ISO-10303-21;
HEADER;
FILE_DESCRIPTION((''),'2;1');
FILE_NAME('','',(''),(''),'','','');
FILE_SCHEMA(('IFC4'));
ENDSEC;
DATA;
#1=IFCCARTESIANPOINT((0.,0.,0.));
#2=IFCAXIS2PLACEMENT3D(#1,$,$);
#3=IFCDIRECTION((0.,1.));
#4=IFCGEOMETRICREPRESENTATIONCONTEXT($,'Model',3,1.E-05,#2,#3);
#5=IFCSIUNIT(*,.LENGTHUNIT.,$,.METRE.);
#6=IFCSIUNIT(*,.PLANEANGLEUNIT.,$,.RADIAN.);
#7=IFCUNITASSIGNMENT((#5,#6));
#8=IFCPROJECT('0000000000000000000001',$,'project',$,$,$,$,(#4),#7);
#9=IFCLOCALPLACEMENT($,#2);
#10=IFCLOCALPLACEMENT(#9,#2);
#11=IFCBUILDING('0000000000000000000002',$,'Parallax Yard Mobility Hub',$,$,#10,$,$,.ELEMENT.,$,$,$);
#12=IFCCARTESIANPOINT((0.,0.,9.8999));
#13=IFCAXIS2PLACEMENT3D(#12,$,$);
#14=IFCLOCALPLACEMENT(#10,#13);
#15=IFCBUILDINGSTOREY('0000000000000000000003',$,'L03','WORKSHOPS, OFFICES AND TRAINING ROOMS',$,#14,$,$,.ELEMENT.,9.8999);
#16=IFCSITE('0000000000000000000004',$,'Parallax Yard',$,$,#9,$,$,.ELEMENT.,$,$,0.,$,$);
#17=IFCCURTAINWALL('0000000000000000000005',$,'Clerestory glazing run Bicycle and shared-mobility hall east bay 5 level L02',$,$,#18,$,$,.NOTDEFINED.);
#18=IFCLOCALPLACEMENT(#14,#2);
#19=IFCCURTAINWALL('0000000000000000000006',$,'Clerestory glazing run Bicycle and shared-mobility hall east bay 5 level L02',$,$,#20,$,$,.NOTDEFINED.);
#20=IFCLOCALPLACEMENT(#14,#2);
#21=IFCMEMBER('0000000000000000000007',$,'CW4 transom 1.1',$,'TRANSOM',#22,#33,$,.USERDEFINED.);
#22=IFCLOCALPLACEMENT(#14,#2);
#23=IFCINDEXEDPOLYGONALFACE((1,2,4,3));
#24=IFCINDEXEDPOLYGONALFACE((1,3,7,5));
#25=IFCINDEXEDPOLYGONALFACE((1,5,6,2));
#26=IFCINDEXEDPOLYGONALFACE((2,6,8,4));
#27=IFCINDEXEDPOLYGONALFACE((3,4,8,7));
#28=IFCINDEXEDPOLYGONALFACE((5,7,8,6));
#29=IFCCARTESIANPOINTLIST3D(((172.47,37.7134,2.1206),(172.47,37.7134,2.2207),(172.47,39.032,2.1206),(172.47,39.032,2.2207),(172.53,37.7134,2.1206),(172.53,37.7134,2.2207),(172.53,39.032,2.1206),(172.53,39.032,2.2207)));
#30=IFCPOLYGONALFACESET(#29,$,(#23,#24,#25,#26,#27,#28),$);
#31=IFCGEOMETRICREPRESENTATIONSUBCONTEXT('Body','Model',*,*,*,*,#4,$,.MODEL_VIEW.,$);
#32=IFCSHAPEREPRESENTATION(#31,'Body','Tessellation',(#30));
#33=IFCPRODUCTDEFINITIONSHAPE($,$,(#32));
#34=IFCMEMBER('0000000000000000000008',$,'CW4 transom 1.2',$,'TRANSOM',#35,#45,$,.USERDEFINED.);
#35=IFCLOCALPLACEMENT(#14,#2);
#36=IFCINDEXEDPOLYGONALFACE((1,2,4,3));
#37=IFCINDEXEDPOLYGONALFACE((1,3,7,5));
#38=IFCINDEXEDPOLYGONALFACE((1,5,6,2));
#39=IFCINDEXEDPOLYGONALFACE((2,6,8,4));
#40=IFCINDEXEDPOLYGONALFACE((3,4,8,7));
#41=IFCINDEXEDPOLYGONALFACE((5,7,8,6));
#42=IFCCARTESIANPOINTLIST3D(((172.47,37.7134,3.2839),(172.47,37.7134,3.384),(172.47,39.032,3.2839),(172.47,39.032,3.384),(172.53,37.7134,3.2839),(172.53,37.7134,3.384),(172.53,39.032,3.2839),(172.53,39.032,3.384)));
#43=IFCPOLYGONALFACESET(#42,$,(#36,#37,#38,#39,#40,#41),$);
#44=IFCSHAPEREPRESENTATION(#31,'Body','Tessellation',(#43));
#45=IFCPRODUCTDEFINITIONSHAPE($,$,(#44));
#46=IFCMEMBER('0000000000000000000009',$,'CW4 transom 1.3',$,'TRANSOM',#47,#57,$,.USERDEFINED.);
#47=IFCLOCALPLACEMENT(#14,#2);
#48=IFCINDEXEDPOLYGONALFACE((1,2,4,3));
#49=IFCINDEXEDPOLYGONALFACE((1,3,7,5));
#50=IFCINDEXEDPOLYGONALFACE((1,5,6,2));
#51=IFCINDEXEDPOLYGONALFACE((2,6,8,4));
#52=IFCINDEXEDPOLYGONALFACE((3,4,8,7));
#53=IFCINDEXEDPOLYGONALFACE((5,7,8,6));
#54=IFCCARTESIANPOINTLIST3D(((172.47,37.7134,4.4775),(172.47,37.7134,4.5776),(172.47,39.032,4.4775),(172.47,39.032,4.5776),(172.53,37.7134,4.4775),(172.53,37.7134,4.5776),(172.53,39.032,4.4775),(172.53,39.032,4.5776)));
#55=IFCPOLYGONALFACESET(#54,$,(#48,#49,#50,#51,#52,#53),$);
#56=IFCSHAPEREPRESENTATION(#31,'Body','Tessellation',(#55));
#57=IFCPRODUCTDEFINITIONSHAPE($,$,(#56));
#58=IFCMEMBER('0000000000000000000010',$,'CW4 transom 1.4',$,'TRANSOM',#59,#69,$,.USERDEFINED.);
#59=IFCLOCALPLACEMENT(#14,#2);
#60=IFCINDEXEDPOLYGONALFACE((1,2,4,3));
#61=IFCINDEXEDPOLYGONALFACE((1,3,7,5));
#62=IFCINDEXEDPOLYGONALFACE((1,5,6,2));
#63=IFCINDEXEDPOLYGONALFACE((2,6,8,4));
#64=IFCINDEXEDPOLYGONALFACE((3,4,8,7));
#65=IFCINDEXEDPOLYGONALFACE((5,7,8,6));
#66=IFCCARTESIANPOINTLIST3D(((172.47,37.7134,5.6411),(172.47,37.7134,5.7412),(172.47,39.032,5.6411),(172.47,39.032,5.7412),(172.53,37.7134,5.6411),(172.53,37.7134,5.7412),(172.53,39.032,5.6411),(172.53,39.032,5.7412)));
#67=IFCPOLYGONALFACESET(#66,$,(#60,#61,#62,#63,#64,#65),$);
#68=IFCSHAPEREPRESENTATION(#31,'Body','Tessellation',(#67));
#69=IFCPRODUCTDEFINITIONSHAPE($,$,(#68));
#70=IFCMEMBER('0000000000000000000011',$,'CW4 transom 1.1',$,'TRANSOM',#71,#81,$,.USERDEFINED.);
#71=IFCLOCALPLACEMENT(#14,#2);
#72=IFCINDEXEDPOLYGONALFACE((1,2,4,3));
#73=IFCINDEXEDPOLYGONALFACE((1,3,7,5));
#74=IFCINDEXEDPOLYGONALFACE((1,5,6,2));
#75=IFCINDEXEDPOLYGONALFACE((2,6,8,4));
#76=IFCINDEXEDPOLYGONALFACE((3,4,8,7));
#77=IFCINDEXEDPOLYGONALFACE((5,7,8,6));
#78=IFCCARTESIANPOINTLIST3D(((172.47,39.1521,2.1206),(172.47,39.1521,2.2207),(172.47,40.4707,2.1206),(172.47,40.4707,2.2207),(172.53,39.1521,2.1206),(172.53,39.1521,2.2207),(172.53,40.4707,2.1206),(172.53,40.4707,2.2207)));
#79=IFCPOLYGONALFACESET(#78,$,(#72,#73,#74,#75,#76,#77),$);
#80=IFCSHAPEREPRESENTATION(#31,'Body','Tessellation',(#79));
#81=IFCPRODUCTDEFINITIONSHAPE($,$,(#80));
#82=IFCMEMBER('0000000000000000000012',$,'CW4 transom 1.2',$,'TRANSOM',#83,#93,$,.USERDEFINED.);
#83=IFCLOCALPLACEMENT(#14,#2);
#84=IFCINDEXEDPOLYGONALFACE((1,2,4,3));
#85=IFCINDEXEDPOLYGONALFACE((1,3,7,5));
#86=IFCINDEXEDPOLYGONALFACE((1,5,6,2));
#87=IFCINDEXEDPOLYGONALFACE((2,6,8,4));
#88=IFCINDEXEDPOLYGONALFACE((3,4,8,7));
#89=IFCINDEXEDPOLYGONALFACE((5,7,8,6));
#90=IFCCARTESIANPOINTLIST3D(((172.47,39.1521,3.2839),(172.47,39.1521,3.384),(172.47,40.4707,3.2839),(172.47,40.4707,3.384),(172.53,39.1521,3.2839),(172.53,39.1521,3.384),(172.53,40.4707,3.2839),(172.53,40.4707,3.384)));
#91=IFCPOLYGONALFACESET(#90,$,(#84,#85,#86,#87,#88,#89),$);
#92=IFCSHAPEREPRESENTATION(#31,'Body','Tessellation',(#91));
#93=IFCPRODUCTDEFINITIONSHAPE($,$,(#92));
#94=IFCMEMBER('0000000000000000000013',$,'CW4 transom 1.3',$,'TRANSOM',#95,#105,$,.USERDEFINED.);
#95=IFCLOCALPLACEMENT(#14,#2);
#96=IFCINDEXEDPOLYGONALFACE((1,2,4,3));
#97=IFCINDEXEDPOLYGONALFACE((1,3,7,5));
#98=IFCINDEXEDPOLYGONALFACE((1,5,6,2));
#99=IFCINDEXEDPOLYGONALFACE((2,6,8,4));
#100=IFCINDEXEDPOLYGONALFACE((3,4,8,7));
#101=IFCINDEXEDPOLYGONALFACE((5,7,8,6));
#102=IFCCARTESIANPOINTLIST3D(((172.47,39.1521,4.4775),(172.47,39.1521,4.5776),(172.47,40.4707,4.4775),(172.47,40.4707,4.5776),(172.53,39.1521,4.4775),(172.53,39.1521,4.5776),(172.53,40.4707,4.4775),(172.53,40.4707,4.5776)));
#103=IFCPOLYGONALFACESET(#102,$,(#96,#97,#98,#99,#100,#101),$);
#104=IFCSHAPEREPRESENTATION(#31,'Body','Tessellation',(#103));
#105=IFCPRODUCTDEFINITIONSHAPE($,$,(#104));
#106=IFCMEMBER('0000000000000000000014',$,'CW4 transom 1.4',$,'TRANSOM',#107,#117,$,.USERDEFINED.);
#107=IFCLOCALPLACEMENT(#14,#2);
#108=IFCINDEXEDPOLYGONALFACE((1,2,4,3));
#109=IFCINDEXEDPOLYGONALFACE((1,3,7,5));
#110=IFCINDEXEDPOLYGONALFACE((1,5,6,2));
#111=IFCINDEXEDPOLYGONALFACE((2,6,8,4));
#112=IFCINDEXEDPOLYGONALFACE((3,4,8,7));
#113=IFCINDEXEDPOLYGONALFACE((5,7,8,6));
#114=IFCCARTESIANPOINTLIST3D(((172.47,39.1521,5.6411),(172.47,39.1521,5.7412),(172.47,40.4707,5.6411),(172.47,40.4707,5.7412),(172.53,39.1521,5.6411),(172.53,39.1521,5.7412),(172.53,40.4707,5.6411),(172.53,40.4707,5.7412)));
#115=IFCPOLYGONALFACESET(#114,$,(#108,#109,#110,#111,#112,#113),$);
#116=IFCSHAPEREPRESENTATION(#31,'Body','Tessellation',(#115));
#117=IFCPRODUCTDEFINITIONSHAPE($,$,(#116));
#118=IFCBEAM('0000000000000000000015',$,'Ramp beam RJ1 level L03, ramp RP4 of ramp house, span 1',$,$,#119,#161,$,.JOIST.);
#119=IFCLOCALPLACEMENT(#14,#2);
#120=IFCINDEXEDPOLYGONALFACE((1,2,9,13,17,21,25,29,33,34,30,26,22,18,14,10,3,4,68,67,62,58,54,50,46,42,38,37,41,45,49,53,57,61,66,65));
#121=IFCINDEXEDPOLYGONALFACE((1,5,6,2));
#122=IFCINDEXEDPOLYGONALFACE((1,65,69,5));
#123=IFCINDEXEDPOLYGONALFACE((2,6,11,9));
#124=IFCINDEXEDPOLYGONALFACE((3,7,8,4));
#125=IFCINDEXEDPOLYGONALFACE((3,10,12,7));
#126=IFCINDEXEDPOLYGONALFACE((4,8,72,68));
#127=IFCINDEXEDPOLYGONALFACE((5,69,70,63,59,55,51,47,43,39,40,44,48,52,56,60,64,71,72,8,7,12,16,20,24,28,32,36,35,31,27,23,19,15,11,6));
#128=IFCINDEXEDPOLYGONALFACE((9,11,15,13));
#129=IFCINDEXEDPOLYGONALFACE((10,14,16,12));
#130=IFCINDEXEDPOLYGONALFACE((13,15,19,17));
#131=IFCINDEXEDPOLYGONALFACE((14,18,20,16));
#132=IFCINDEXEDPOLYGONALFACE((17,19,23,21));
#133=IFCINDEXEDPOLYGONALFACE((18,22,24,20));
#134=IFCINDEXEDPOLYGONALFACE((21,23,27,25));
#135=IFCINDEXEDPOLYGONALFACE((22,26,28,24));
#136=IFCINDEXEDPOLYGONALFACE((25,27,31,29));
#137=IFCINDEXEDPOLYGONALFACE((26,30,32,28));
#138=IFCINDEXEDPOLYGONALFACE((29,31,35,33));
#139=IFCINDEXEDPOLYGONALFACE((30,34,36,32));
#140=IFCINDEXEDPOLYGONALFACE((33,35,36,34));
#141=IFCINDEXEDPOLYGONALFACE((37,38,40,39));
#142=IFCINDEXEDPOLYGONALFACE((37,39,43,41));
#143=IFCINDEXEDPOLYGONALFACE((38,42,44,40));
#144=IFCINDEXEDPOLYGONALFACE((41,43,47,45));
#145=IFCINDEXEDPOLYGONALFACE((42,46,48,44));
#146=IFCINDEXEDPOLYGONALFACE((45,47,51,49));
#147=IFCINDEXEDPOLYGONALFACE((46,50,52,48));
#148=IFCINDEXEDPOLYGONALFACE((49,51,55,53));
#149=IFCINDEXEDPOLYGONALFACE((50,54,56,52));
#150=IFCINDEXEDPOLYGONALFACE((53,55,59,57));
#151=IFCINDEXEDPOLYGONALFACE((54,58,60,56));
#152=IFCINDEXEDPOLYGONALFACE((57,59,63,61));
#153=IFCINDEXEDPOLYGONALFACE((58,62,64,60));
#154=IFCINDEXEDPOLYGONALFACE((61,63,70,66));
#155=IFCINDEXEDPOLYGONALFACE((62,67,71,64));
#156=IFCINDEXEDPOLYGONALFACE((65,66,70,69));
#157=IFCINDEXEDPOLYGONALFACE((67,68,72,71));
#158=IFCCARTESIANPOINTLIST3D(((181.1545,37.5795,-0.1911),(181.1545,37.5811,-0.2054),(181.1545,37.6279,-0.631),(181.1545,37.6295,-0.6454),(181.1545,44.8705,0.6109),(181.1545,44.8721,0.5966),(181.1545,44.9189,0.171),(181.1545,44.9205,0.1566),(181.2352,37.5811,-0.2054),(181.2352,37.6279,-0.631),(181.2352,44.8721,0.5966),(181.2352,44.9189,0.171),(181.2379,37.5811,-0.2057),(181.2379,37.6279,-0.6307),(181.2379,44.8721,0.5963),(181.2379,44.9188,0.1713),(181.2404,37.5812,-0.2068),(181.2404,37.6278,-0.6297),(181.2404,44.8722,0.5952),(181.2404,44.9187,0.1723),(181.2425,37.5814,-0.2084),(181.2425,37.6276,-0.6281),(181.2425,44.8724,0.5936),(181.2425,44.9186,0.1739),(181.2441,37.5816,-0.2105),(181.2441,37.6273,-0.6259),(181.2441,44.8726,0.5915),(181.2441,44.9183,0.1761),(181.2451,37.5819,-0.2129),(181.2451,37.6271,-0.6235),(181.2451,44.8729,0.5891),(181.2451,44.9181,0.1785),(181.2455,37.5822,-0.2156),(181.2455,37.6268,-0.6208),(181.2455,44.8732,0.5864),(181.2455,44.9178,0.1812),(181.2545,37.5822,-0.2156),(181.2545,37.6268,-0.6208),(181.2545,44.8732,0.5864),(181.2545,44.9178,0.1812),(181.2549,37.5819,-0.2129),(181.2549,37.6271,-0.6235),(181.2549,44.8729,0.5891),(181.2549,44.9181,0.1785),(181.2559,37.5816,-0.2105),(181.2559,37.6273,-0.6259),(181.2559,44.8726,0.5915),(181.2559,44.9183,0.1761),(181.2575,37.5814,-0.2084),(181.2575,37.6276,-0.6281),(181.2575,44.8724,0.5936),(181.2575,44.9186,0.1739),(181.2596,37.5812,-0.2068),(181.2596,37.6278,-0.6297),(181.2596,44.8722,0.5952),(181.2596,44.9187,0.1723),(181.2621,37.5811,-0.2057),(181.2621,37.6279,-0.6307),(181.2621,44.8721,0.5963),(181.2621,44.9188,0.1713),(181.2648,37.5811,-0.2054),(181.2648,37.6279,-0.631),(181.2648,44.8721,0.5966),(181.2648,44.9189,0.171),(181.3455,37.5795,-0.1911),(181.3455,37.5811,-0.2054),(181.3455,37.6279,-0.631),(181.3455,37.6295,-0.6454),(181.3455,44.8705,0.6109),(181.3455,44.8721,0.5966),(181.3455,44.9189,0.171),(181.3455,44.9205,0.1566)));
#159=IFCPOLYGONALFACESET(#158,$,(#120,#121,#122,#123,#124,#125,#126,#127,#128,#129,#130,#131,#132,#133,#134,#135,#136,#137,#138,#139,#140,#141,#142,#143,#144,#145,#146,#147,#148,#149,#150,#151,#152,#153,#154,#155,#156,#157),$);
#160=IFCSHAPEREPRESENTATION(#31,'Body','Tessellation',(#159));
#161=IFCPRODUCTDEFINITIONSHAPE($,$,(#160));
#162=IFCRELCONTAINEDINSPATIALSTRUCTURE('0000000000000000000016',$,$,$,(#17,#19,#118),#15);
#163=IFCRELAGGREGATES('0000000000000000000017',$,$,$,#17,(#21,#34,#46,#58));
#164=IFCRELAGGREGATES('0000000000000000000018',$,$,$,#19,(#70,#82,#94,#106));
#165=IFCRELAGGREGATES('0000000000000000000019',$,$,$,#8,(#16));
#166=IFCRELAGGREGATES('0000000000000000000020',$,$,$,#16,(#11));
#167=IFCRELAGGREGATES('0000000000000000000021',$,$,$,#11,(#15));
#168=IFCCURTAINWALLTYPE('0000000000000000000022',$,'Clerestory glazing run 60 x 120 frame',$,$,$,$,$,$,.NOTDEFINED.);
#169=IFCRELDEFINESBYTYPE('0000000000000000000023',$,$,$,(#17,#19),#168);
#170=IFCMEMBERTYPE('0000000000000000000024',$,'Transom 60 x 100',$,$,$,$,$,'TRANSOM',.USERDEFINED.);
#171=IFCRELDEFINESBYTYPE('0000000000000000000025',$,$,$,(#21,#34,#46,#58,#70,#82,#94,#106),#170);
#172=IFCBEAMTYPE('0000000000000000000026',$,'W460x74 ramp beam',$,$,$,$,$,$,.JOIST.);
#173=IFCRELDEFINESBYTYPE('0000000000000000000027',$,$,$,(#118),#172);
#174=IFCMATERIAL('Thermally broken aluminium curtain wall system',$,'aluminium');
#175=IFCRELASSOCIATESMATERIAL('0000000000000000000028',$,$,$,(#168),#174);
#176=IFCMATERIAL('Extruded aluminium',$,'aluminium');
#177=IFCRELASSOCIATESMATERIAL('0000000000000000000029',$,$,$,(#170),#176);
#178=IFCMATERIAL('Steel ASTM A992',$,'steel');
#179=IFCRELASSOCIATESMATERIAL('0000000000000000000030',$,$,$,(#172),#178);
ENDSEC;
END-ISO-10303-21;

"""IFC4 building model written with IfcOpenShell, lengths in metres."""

from ifc_helpers import new_model, si_unit, direction, frame, origin, origin_2d, place, context, subcontext, project, spatial, rectangle, i_section, extrude, material, material_profile, profile_set, type_object, element, aggregate, save


model = new_model("IFC4")

# Units and contexts
model_context = context("Model", 3, precision=1e-05, world=origin(), true_north=direction((0.0, 1.0)))
body_context = subcontext(model_context, "Body", "Model", "MODEL_VIEW")
ifc_project = project(units=[si_unit("LENGTHUNIT", "METRE"), si_unit("PLANEANGLEUNIT", "RADIAN")], contexts=[model_context])

# Site, building, storey
site_placement = place(None, origin())
site = spatial("IfcSite", under=ifc_project, at=site_placement, Name="Parallax Yard", CompositionType="ELEMENT", RefElevation=0.0)
building_placement = place(site_placement, origin())
building = spatial("IfcBuilding", under=site, at=building_placement, Name="Parallax Yard Mobility Hub", CompositionType="ELEMENT")
storey_placement = place(building_placement, frame((0.0, 0.0, 9.8999)))
storey = spatial("IfcBuildingStorey", under=building, at=storey_placement, Name="L03", Description="WORKSHOPS, OFFICES AND TRAINING ROOMS", CompositionType="ELEMENT", Elevation=9.8999)

# Shared definitions
ifc_material_1 = material(Name="Steel ASTM A992", Category="steel")

# Curtain wall
ifc_material_2 = material(Name="Thermally broken aluminium curtain wall system", Category="aluminium")
curtain_wall_type = type_object("IfcCurtainWallType", Name="Clerestory glazing run 60 x 120 frame", PredefinedType="NOTDEFINED", material=ifc_material_2)
curtain_wall_1_placement = place(storey_placement, origin())
curtain_wall_1 = element("IfcCurtainWall", 1, at=curtain_wall_1_placement, inside=storey, type_object=curtain_wall_type, Name="Clerestory glazing run Bicycle and shared-mobility hall east bay 5 level L02", PredefinedType="NOTDEFINED")
ifc_material_3 = material(Name="Extruded aluminium", Category="aluminium")

# Curtain wall
curtain_wall_2_placement = place(storey_placement, origin())
curtain_wall_2 = element("IfcCurtainWall", 2, at=curtain_wall_2_placement, inside=storey, type_object=curtain_wall_type, Name="Clerestory glazing run Bicycle and shared-mobility hall east bay 5 level L02", PredefinedType="NOTDEFINED")

# Members
ifc_material_profile_1 = material_profile(ifc_material_3, rectangle(XDim=0.0601, YDim=0.1001, at=origin_2d()), Name="Transom 60 x 100")
ifc_profile_set_1 = profile_set([ifc_material_profile_1], Name="Extruded aluminium")
member_type_1 = type_object("IfcMemberType", Name="Transom 60 x 100", ElementType="TRANSOM", PredefinedType="USERDEFINED", material=ifc_profile_set_1)
member_1_placement = place(storey_placement, frame((172.5, 37.7134, 2.1707), z_axis=(0.0, 1.0, 0.0), x_axis=(-1.0, 0.0, 0.0)))
member_1 = element("IfcMember", 3, at=member_1_placement, type_object=member_type_1, Name="CW4 transom 1.1", ObjectType="TRANSOM", PredefinedType="USERDEFINED", context=body_context, shape_type="SweptSolid", body=[
    extrude(rectangle(XDim=0.0601, YDim=0.1001, at=origin_2d()), origin(), (0.0, 0.0, 1.0), 1.3186),
])
member_2_placement = place(storey_placement, frame((172.5, 37.7134, 3.334), z_axis=(0.0, 1.0, 0.0), x_axis=(-1.0, 0.0, 0.0)))
member_2 = element("IfcMember", 4, at=member_2_placement, type_object=member_type_1, Name="CW4 transom 1.2", ObjectType="TRANSOM", PredefinedType="USERDEFINED", context=body_context, shape_type="SweptSolid", body=[
    extrude(rectangle(XDim=0.0601, YDim=0.1001, at=origin_2d()), origin(), (0.0, 0.0, 1.0), 1.3186),
])
member_3_placement = place(storey_placement, frame((172.5, 37.7134, 4.5276), z_axis=(0.0, 1.0, 0.0), x_axis=(-1.0, 0.0, 0.0)))
member_3 = element("IfcMember", 5, at=member_3_placement, type_object=member_type_1, Name="CW4 transom 1.3", ObjectType="TRANSOM", PredefinedType="USERDEFINED", context=body_context, shape_type="SweptSolid", body=[
    extrude(rectangle(XDim=0.0601, YDim=0.1001, at=origin_2d()), origin(), (0.0, 0.0, 1.0), 1.3186),
])
member_4_placement = place(storey_placement, frame((172.5, 37.7134, 5.6912), z_axis=(0.0, 1.0, 0.0), x_axis=(-1.0, 0.0, 0.0)))
member_4 = element("IfcMember", 6, at=member_4_placement, type_object=member_type_1, Name="CW4 transom 1.4", ObjectType="TRANSOM", PredefinedType="USERDEFINED", context=body_context, shape_type="SweptSolid", body=[
    extrude(rectangle(XDim=0.0601, YDim=0.1001, at=origin_2d()), origin(), (0.0, 0.0, 1.0), 1.3186),
])
member_5_placement = place(storey_placement, frame((172.5, 39.1521, 2.1707), z_axis=(0.0, 1.0, 0.0), x_axis=(-1.0, 0.0, 0.0)))
member_5 = element("IfcMember", 7, at=member_5_placement, type_object=member_type_1, Name="CW4 transom 1.1", ObjectType="TRANSOM", PredefinedType="USERDEFINED", context=body_context, shape_type="SweptSolid", body=[
    extrude(rectangle(XDim=0.0601, YDim=0.1001, at=origin_2d()), origin(), (0.0, 0.0, 1.0), 1.3186),
])
member_6_placement = place(storey_placement, frame((172.5, 39.1521, 3.334), z_axis=(0.0, 1.0, 0.0), x_axis=(-1.0, 0.0, 0.0)))
member_6 = element("IfcMember", 8, at=member_6_placement, type_object=member_type_1, Name="CW4 transom 1.2", ObjectType="TRANSOM", PredefinedType="USERDEFINED", context=body_context, shape_type="SweptSolid", body=[
    extrude(rectangle(XDim=0.0601, YDim=0.1001, at=origin_2d()), origin(), (0.0, 0.0, 1.0), 1.3186),
])
member_7_placement = place(storey_placement, frame((172.5, 39.1521, 4.5276), z_axis=(0.0, 1.0, 0.0), x_axis=(-1.0, 0.0, 0.0)))
member_7 = element("IfcMember", 9, at=member_7_placement, type_object=member_type_1, Name="CW4 transom 1.3", ObjectType="TRANSOM", PredefinedType="USERDEFINED", context=body_context, shape_type="SweptSolid", body=[
    extrude(rectangle(XDim=0.0601, YDim=0.1001, at=origin_2d()), origin(), (0.0, 0.0, 1.0), 1.3186),
])
member_8_placement = place(storey_placement, frame((172.5, 39.1521, 5.6912), z_axis=(0.0, 1.0, 0.0), x_axis=(-1.0, 0.0, 0.0)))
member_8 = element("IfcMember", 10, at=member_8_placement, type_object=member_type_1, Name="CW4 transom 1.4", ObjectType="TRANSOM", PredefinedType="USERDEFINED", context=body_context, shape_type="SweptSolid", body=[
    extrude(rectangle(XDim=0.0601, YDim=0.1001, at=origin_2d()), origin(), (0.0, 0.0, 1.0), 1.3186),
])

# Beam
ifc_material_profile_2 = material_profile(ifc_material_1, i_section(OverallWidth=0.1909, OverallDepth=0.457, WebThickness=0.009, FlangeThickness=0.0144, FilletRadius=0.0103, at=origin_2d()), Name="W460x74")
ifc_profile_set_2 = profile_set([ifc_material_profile_2], Name="Steel ASTM A992")
beam_type_1 = type_object("IfcBeamType", Name="W460x74 ramp beam", PredefinedType="JOIST", material=ifc_profile_set_2)
for number, where, z_axis, x_axis, name in (
    (11, (181.25, 37.6045, -0.4182), (0.0, 0.994005, 0.109339), (-1.0, 0.0, 0.0), "Ramp beam RJ1 level L03, ramp RP4 of ramp house, span 1"),
):
    element("IfcBeam", number, at=place(storey_placement, frame(where, z_axis=z_axis, x_axis=x_axis)), inside=storey, type_object=beam_type_1, Name=name, PredefinedType="JOIST", context=body_context, shape_type="SweptSolid", body=[
        extrude(i_section(OverallWidth=0.1909, OverallDepth=0.457, WebThickness=0.009, FlangeThickness=0.0144, FilletRadius=0.0103, at=origin_2d()), origin(), (0.0, 0.0, 1.0), 7.335),
    ])

aggregate(curtain_wall_1, [member_1, member_2, member_3, member_4])
aggregate(curtain_wall_2, [member_5, member_6, member_7, member_8])

save(model, "model.ifc")
